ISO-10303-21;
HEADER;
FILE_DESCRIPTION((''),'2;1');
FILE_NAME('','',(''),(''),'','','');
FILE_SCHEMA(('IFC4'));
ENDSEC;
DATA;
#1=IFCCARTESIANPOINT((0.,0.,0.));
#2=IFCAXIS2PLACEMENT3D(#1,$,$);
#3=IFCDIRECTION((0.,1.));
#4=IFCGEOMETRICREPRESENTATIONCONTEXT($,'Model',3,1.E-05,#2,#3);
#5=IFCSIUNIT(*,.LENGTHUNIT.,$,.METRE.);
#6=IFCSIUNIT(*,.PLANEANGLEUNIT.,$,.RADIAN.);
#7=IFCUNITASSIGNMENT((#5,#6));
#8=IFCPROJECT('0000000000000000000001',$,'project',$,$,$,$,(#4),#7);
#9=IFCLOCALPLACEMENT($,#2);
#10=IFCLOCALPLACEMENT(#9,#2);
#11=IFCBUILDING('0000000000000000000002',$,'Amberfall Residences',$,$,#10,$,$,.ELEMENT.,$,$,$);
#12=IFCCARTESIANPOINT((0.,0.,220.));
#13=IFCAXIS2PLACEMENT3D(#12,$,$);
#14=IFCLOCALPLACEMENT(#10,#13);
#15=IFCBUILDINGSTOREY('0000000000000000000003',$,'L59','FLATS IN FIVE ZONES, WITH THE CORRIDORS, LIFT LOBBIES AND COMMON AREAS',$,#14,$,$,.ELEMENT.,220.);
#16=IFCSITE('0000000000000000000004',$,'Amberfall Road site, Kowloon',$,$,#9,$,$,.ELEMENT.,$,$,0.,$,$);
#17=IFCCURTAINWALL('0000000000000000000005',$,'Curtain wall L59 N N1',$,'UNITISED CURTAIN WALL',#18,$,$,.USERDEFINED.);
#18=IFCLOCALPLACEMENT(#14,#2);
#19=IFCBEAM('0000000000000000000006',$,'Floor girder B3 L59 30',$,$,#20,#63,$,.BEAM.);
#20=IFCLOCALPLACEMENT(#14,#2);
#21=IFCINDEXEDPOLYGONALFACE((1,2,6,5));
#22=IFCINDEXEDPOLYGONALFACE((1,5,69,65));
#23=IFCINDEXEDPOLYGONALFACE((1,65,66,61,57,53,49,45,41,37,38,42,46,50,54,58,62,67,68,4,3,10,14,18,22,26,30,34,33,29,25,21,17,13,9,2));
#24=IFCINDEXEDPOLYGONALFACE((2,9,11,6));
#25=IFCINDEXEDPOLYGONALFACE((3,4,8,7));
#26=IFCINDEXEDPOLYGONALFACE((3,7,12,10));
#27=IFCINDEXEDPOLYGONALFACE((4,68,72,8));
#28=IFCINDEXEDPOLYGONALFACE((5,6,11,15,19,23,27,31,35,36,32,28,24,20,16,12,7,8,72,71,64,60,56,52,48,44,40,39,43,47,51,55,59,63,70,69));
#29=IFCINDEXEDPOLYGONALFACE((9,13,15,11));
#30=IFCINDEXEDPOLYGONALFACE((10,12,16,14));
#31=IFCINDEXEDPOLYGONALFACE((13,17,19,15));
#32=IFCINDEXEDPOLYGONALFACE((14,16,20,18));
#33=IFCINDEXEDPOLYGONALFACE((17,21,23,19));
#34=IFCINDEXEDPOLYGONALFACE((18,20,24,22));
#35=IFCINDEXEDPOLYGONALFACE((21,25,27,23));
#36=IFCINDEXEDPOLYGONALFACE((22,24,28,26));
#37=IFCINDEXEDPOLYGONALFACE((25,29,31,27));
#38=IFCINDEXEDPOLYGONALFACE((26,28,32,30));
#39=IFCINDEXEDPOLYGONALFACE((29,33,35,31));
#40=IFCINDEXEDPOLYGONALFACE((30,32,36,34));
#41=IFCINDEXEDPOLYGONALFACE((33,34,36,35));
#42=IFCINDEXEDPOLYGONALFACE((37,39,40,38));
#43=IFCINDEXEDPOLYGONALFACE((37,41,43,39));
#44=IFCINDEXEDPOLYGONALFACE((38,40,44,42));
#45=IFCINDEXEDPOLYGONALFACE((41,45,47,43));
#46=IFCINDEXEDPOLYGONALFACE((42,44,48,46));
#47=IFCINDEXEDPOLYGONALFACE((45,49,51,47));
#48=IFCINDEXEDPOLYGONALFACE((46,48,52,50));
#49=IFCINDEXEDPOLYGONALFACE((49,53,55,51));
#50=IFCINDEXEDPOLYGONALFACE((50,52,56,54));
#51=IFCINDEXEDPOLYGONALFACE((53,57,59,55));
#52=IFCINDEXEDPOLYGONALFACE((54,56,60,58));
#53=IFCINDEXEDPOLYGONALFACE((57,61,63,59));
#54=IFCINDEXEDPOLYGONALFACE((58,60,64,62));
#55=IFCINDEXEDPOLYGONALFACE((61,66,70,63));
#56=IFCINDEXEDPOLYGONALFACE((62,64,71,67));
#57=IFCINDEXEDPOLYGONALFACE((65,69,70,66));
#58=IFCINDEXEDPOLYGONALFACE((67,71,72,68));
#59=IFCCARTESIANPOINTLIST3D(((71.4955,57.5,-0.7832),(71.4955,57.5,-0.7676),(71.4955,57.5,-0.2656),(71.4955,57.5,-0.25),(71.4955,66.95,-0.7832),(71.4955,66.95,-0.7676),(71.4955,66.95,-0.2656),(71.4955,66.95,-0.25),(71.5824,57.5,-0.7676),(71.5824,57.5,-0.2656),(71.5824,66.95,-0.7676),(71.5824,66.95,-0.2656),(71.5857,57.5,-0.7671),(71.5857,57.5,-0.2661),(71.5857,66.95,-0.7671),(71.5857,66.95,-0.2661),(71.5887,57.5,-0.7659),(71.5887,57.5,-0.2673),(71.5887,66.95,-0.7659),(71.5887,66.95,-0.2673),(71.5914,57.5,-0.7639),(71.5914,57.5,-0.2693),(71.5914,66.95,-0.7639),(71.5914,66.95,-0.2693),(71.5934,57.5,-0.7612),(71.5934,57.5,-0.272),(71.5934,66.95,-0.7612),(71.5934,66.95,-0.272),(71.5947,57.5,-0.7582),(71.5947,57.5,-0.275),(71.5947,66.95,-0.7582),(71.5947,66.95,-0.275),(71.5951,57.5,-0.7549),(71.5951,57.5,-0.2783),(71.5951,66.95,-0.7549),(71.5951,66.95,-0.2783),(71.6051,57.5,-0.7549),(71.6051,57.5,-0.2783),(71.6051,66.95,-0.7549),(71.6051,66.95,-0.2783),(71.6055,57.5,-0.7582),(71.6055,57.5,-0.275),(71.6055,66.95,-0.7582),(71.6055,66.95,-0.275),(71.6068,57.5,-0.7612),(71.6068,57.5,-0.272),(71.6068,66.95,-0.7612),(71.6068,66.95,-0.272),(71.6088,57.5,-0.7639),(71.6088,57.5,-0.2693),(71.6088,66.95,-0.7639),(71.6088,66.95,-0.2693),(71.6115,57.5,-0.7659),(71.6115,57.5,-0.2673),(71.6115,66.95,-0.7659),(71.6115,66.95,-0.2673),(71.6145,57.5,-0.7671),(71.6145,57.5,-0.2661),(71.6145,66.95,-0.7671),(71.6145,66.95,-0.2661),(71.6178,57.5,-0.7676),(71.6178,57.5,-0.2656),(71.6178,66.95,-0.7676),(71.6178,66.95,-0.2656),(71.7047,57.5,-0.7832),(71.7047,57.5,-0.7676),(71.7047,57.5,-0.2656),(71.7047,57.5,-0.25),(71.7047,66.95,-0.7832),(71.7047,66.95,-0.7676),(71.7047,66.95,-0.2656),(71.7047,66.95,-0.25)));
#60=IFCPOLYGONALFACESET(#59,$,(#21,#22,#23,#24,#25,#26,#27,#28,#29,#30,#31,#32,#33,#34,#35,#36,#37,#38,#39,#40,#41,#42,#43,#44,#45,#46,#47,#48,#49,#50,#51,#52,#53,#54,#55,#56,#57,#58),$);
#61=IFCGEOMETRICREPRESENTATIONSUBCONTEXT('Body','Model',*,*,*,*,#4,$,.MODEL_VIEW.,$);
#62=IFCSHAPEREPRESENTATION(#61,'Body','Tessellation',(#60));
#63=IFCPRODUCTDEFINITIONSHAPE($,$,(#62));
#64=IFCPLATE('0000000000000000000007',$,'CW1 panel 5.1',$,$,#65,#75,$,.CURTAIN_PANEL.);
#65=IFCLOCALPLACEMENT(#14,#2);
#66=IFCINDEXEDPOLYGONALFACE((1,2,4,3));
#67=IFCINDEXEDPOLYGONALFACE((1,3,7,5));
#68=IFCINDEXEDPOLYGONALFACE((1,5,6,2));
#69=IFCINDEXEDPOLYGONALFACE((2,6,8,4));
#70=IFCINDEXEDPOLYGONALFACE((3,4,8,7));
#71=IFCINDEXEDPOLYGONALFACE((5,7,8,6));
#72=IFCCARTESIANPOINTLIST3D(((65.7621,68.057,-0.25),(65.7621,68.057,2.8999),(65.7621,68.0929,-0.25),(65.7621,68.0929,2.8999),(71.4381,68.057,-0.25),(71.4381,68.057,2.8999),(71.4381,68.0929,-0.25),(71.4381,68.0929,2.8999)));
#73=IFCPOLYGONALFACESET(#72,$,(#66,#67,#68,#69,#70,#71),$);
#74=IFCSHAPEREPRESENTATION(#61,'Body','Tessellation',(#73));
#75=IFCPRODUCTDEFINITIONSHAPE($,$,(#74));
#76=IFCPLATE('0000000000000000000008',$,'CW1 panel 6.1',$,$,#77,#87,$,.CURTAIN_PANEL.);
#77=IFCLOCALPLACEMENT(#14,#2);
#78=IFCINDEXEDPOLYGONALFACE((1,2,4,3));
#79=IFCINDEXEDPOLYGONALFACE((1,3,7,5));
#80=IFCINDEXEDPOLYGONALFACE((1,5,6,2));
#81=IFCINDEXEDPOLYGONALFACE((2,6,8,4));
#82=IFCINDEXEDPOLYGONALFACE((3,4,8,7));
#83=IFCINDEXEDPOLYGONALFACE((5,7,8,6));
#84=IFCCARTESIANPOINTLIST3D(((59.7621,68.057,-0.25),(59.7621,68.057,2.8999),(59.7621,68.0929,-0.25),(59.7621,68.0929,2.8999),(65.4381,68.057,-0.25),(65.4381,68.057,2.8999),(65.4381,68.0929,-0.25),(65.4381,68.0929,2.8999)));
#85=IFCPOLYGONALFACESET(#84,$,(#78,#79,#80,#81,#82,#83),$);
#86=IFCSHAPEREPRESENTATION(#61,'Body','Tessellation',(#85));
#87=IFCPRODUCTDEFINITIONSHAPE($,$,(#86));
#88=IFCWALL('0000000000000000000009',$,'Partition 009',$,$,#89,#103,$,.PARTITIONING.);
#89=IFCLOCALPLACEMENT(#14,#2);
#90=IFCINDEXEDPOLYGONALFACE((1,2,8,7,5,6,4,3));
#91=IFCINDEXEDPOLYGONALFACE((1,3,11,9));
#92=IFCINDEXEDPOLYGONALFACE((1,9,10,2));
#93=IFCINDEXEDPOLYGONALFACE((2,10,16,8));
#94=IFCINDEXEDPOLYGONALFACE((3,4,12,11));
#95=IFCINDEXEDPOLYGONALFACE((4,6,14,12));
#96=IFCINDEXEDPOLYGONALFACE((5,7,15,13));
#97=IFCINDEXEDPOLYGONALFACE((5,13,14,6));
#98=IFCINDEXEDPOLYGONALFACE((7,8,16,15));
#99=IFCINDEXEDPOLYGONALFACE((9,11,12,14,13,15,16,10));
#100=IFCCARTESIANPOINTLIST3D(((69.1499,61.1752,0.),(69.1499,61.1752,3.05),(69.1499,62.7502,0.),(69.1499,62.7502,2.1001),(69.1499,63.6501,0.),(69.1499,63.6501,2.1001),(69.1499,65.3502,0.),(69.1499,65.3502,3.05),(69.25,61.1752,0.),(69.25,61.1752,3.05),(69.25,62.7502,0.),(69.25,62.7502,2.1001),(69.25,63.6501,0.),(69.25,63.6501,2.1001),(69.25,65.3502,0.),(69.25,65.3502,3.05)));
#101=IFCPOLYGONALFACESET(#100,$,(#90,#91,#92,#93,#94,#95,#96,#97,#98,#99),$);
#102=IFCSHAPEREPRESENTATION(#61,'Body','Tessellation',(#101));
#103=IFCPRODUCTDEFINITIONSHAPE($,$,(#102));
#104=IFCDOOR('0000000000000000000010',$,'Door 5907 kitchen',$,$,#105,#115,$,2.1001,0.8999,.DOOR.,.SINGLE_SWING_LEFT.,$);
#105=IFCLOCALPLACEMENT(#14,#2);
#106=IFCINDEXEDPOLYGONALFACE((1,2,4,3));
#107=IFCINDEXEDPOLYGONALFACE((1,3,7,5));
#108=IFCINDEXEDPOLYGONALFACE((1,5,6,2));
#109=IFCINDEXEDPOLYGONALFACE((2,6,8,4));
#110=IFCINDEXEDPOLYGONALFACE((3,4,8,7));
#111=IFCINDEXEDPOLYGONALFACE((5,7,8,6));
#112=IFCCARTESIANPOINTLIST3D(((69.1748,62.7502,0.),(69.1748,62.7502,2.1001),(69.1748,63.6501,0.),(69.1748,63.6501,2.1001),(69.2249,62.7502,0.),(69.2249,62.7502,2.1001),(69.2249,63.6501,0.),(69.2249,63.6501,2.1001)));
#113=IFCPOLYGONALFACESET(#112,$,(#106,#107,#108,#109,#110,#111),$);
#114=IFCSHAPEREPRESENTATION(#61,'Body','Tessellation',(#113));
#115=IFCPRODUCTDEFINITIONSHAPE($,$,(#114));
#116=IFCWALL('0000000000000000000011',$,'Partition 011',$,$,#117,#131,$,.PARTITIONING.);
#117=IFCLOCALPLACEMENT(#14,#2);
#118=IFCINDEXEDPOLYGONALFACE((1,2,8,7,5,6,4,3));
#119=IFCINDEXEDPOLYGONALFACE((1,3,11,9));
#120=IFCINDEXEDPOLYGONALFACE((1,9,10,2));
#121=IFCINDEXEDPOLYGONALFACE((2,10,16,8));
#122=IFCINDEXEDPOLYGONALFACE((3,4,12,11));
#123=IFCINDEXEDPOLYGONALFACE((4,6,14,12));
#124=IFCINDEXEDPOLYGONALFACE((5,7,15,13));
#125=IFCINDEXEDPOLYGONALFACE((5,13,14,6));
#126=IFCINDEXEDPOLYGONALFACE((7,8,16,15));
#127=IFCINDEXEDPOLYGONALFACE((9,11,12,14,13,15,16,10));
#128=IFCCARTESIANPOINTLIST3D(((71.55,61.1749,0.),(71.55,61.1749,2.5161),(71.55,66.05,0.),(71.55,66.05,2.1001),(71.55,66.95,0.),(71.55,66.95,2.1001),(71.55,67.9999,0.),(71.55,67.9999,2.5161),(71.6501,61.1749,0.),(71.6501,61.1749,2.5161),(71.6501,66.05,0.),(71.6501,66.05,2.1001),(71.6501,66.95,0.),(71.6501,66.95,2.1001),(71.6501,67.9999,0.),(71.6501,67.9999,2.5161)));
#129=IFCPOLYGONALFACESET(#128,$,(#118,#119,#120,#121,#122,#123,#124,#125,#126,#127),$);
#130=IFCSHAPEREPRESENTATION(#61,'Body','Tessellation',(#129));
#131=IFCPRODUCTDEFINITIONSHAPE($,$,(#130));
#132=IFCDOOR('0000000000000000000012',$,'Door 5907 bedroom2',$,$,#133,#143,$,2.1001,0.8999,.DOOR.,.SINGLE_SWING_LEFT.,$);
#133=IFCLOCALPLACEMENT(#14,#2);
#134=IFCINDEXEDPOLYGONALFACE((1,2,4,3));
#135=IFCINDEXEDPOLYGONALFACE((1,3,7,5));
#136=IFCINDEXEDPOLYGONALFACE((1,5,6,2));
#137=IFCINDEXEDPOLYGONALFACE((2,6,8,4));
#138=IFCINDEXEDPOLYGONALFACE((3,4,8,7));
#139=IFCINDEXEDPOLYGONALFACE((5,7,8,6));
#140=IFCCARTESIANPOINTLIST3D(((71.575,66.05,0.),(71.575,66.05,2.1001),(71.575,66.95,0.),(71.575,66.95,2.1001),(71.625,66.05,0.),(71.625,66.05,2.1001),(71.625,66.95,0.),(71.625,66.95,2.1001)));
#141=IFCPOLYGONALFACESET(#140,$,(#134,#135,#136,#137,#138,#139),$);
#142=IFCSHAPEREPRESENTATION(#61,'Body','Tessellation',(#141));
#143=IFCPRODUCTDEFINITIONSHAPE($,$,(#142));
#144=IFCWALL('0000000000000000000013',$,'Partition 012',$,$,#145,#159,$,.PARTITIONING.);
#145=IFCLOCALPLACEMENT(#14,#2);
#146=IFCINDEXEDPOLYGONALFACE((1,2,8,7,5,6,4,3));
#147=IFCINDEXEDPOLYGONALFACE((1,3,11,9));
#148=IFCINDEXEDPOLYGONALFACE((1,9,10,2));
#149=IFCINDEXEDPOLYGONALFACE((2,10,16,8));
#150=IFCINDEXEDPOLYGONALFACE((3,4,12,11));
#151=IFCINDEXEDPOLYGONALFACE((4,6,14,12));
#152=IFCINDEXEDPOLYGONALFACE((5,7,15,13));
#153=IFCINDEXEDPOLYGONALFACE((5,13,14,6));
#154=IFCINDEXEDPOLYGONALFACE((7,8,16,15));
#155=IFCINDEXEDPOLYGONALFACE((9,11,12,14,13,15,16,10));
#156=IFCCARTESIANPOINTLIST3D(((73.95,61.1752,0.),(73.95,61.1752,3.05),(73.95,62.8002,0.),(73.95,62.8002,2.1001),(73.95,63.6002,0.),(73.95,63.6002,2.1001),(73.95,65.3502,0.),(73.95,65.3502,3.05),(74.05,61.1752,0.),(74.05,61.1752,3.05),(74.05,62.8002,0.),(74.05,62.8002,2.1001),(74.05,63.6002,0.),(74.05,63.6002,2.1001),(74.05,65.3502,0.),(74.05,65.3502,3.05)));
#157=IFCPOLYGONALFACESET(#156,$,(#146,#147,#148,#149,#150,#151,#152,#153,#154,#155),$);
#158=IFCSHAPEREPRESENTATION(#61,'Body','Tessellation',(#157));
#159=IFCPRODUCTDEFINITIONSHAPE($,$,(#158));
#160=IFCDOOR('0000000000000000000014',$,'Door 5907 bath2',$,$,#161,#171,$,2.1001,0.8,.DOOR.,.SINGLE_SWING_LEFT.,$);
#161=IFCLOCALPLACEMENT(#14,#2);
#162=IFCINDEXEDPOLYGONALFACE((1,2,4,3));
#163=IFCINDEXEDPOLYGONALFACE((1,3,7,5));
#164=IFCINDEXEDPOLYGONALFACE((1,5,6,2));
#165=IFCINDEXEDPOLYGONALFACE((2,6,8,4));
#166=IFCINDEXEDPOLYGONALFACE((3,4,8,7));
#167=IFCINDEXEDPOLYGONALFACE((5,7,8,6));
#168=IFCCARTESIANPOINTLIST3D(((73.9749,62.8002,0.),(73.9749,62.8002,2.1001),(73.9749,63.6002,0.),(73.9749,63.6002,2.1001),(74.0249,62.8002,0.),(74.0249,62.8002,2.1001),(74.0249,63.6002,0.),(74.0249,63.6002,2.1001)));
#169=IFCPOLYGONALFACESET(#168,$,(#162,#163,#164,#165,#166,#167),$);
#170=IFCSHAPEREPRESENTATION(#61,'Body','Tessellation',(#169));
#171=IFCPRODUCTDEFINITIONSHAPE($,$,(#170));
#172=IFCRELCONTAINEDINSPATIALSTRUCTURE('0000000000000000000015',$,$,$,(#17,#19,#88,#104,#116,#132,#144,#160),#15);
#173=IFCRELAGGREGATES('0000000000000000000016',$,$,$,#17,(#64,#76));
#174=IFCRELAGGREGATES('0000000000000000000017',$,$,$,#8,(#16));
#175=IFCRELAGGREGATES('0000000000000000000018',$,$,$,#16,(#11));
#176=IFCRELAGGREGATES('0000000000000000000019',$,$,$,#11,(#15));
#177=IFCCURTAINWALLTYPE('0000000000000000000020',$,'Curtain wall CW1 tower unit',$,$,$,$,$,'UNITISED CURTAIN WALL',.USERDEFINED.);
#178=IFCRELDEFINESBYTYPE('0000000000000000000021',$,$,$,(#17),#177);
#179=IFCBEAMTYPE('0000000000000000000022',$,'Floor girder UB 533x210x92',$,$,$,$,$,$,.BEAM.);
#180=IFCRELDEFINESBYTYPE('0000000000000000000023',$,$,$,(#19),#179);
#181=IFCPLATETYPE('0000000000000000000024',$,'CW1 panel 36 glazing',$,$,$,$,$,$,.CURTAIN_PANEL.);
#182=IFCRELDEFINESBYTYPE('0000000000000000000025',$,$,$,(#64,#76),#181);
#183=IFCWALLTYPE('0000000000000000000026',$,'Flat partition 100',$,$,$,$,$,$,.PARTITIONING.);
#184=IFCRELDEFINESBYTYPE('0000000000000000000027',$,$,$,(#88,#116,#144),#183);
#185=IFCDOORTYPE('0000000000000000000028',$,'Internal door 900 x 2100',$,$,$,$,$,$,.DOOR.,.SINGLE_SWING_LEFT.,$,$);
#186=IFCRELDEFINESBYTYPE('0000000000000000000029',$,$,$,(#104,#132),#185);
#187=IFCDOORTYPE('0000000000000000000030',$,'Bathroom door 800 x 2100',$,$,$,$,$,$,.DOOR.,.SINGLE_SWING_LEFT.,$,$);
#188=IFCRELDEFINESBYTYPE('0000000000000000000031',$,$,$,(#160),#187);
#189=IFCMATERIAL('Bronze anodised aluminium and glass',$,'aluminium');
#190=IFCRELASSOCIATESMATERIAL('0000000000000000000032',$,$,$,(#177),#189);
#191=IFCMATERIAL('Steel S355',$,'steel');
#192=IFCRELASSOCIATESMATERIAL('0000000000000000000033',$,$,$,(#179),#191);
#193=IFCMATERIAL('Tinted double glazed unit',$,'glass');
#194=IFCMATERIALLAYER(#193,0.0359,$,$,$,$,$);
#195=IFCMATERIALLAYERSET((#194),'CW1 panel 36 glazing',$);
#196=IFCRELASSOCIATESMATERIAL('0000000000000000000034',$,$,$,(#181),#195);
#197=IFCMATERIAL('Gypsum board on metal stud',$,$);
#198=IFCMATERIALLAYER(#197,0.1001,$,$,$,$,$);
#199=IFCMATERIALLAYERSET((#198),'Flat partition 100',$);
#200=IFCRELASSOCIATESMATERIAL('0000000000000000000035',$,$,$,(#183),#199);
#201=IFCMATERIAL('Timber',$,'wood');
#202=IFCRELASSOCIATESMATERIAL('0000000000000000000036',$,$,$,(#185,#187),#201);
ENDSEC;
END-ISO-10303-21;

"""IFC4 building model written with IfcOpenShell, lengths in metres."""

from ifc_helpers import new_model, si_unit, direction, frame, frame_2d, origin, origin_2d, place, context, subcontext, project, spatial, rectangle, i_section, extrude, material, layer, layer_set, material_profile, profile_set, type_object, element, fill, aggregate, save


model = new_model("IFC4")

# Units and contexts
model_context = context("Model", 3, precision=1e-05, world=origin(), true_north=direction((0.0, 1.0)))
body_context = subcontext(model_context, "Body", "Model", "MODEL_VIEW")
ifc_project = project(units=[si_unit("LENGTHUNIT", "METRE"), si_unit("PLANEANGLEUNIT", "RADIAN")], contexts=[model_context])

# Site, building, storey
site_placement = place(None, origin())
site = spatial("IfcSite", under=ifc_project, at=site_placement, Name="Amberfall Road site, Kowloon", CompositionType="ELEMENT", RefElevation=0.0)
building_placement = place(site_placement, origin())
building = spatial("IfcBuilding", under=site, at=building_placement, Name="Amberfall Residences", CompositionType="ELEMENT")
storey_placement = place(building_placement, frame((0.0, 0.0, 220.0)))
storey = spatial("IfcBuildingStorey", under=building, at=storey_placement, Name="L59", Description="FLATS IN FIVE ZONES, WITH THE CORRIDORS, LIFT LOBBIES AND COMMON AREAS", CompositionType="ELEMENT", Elevation=220.0)

# Curtain wall
ifc_material_1 = material(Name="Bronze anodised aluminium and glass", Category="aluminium")
curtain_wall_type = type_object("IfcCurtainWallType", Name="Curtain wall CW1 tower unit", ElementType="UNITISED CURTAIN WALL", PredefinedType="USERDEFINED", material=ifc_material_1)
curtain_wall_placement = place(storey_placement, origin())
curtain_wall = element("IfcCurtainWall", 1, at=curtain_wall_placement, inside=storey, type_object=curtain_wall_type, Name="Curtain wall L59 N N1", ObjectType="UNITISED CURTAIN WALL", PredefinedType="USERDEFINED")

# Shared definitions
ifc_material_2 = material(Name="Steel S355", Category="steel")

# Beam
ifc_material_profile_1 = material_profile(ifc_material_2, i_section(OverallWidth=0.2092, OverallDepth=0.5332, WebThickness=0.01, FlangeThickness=0.0156, FilletRadius=0.0127, at=origin_2d()), Name="UB 533x210x92")
ifc_profile_set_1 = profile_set([ifc_material_profile_1], Name="Steel S355")
beam_type_1 = type_object("IfcBeamType", Name="Floor girder UB 533x210x92", PredefinedType="BEAM", material=ifc_profile_set_1)
for number, where, z_axis, x_axis, name in (
    (2, (71.6001, 66.95, -0.5166), (0.0, -1.0, 0.0), (1.0, 0.0, 0.0), "Floor girder B3 L59 30"),
):
    element("IfcBeam", number, at=place(storey_placement, frame(where, z_axis=z_axis, x_axis=x_axis)), inside=storey, type_object=beam_type_1, Name=name, PredefinedType="BEAM", context=body_context, shape_type="SweptSolid", body=[
        extrude(i_section(OverallWidth=0.2092, OverallDepth=0.5332, WebThickness=0.01, FlangeThickness=0.0156, FilletRadius=0.0127, at=origin_2d()), origin(), (0.0, 0.0, 1.0), 9.45),
    ])

# Plates
ifc_material_3 = material(Name="Tinted double glazed unit", Category="glass")
ifc_layer_1 = layer(ifc_material_3, 0.0359)
ifc_layer_set_1 = layer_set([ifc_layer_1], Name="CW1 panel 36 glazing")
plate_type = type_object("IfcPlateType", Name="CW1 panel 36 glazing", PredefinedType="CURTAIN_PANEL", material=ifc_layer_set_1)
plate_1_placement = place(storey_placement, frame((68.6001, 68.075, -0.25), z_axis=(0.0, 0.0, 1.0), x_axis=(-1.0, 0.0, 0.0)))
plate_1 = element("IfcPlate", 3, at=plate_1_placement, type_object=plate_type, Name="CW1 panel 5.1", PredefinedType="CURTAIN_PANEL", context=body_context, shape_type="SweptSolid", body=[
    extrude(rectangle(XDim=5.676, YDim=0.0359, at=origin_2d()), origin(), (0.0, 0.0, 1.0), 3.1499),
])
plate_2_placement = place(storey_placement, frame((62.6001, 68.075, -0.25), z_axis=(0.0, 0.0, 1.0), x_axis=(-1.0, 0.0, 0.0)))
plate_2 = element("IfcPlate", 4, at=plate_2_placement, type_object=plate_type, Name="CW1 panel 6.1", PredefinedType="CURTAIN_PANEL", context=body_context, shape_type="SweptSolid", body=[
    extrude(rectangle(XDim=5.676, YDim=0.0359, at=origin_2d()), origin(), (0.0, 0.0, 1.0), 3.1499),
])
aggregate(curtain_wall, [plate_1, plate_2])

# Walls, openings, doors
ifc_material_4 = material(Name="Gypsum board on metal stud")
ifc_layer_2 = layer(ifc_material_4, 0.1001)
ifc_layer_set_2 = layer_set([ifc_layer_2], Name="Flat partition 100")
wall_type = type_object("IfcWallType", Name="Flat partition 100", PredefinedType="PARTITIONING", material=ifc_layer_set_2)
wall_1_placement = place(storey_placement, frame((69.2, 65.3501, 0.0), z_axis=(0.0, 0.0, 1.0), x_axis=(0.0, -1.0, 0.0)))
wall_1 = element("IfcWall", 5, at=wall_1_placement, inside=storey, type_object=wall_type, Name="Partition 009", PredefinedType="PARTITIONING", context=body_context, shape_type="SweptSolid", body=[
    extrude(rectangle(XDim=4.175, YDim=0.1001, at=frame_2d((2.0874, 0.0))), origin(), (0.0, 0.0, 1.0), 3.05),
])
opening_1_placement = place(wall_1_placement, frame((1.7, 0.0, 0.0)))
opening_1 = element("IfcOpeningElement", 6, at=opening_1_placement, cuts=wall_1, PredefinedType="OPENING", context=body_context, shape_type="SweptSolid", body=[
    extrude(rectangle(XDim=0.8999, YDim=2.1001, at=frame_2d((0.45, 1.05))), frame((0.0, 0.0601, 0.0), z_axis=(0.0, -1.0, 0.0), x_axis=(1.0, 0.0, 0.0)), (0.0, 0.0, 1.0), 0.1201),
])
ifc_material_5 = material(Name="Timber", Category="wood")
door_type_1 = type_object("IfcDoorType", Name="Internal door 900 x 2100", OperationType="SINGLE_SWING_LEFT", PredefinedType="DOOR", material=ifc_material_5)
door_1_placement = place(opening_1_placement, origin())
door_1 = element("IfcDoor", 7, at=door_1_placement, inside=storey, type_object=door_type_1, Name="Door 5907 kitchen", OperationType="SINGLE_SWING_LEFT", OverallHeight=2.1001, OverallWidth=0.8999, PredefinedType="DOOR", context=body_context, shape_type="SweptSolid", body=[
    extrude(rectangle(XDim=0.8999, YDim=2.1001, at=frame_2d((0.45, 1.05))), frame((0.0, 0.0249, 0.0), z_axis=(0.0, -1.0, 0.0), x_axis=(1.0, 0.0, 0.0)), (0.0, 0.0, 1.0), 0.05),
])
fill(opening_1, door_1)
wall_2_placement = place(storey_placement, frame((71.6001, 68.0, 0.0), z_axis=(0.0, 0.0, 1.0), x_axis=(0.0, -1.0, 0.0)))
wall_2 = element("IfcWall", 8, at=wall_2_placement, inside=storey, type_object=wall_type, Name="Partition 011", PredefinedType="PARTITIONING", context=body_context, shape_type="SweptSolid", body=[
    extrude(rectangle(XDim=6.825, YDim=0.1001, at=frame_2d((3.4126, 0.0))), origin(), (0.0, 0.0, 1.0), 2.5161),
])
opening_2_placement = place(wall_2_placement, frame((1.05, 0.0, 0.0)))
opening_2 = element("IfcOpeningElement", 9, at=opening_2_placement, cuts=wall_2, PredefinedType="OPENING", context=body_context, shape_type="SweptSolid", body=[
    extrude(rectangle(XDim=0.8999, YDim=2.1001, at=frame_2d((0.45, 1.05))), frame((0.0, 0.0601, 0.0), z_axis=(0.0, -1.0, 0.0), x_axis=(1.0, 0.0, 0.0)), (0.0, 0.0, 1.0), 0.1201),
])
door_2_placement = place(opening_2_placement, origin())
door_2 = element("IfcDoor", 10, at=door_2_placement, inside=storey, type_object=door_type_1, Name="Door 5907 bedroom2", OperationType="SINGLE_SWING_LEFT", OverallHeight=2.1001, OverallWidth=0.8999, PredefinedType="DOOR", context=body_context, shape_type="SweptSolid", body=[
    extrude(rectangle(XDim=0.8999, YDim=2.1001, at=frame_2d((0.45, 1.05))), frame((0.0, 0.0249, 0.0), z_axis=(0.0, -1.0, 0.0), x_axis=(1.0, 0.0, 0.0)), (0.0, 0.0, 1.0), 0.05),
])
fill(opening_2, door_2)
wall_3_placement = place(storey_placement, frame((74.0, 65.3501, 0.0), z_axis=(0.0, 0.0, 1.0), x_axis=(0.0, -1.0, 0.0)))
wall_3 = element("IfcWall", 11, at=wall_3_placement, inside=storey, type_object=wall_type, Name="Partition 012", PredefinedType="PARTITIONING", context=body_context, shape_type="SweptSolid", body=[
    extrude(rectangle(XDim=4.175, YDim=0.1001, at=frame_2d((2.0874, 0.0))), origin(), (0.0, 0.0, 1.0), 3.05),
])
opening_3_placement = place(wall_3_placement, frame((1.75, 0.0, 0.0)))
opening_3 = element("IfcOpeningElement", 12, at=opening_3_placement, cuts=wall_3, PredefinedType="OPENING", context=body_context, shape_type="SweptSolid", body=[
    extrude(rectangle(XDim=0.8, YDim=2.1001, at=frame_2d((0.3999, 1.05))), frame((0.0, 0.0601, 0.0), z_axis=(0.0, -1.0, 0.0), x_axis=(1.0, 0.0, 0.0)), (0.0, 0.0, 1.0), 0.1201),
])
door_type_2 = type_object("IfcDoorType", Name="Bathroom door 800 x 2100", OperationType="SINGLE_SWING_LEFT", PredefinedType="DOOR", material=ifc_material_5)
door_3_placement = place(opening_3_placement, origin())
door_3 = element("IfcDoor", 13, at=door_3_placement, inside=storey, type_object=door_type_2, Name="Door 5907 bath2", OperationType="SINGLE_SWING_LEFT", OverallHeight=2.1001, OverallWidth=0.8, PredefinedType="DOOR", context=body_context, shape_type="SweptSolid", body=[
    extrude(rectangle(XDim=0.8, YDim=2.1001, at=frame_2d((0.3999, 1.05))), frame((0.0, 0.0249, 0.0), z_axis=(0.0, -1.0, 0.0), x_axis=(1.0, 0.0, 0.0)), (0.0, 0.0, 1.0), 0.05),
])
fill(opening_3, door_3)

save(model, "model.ifc")
